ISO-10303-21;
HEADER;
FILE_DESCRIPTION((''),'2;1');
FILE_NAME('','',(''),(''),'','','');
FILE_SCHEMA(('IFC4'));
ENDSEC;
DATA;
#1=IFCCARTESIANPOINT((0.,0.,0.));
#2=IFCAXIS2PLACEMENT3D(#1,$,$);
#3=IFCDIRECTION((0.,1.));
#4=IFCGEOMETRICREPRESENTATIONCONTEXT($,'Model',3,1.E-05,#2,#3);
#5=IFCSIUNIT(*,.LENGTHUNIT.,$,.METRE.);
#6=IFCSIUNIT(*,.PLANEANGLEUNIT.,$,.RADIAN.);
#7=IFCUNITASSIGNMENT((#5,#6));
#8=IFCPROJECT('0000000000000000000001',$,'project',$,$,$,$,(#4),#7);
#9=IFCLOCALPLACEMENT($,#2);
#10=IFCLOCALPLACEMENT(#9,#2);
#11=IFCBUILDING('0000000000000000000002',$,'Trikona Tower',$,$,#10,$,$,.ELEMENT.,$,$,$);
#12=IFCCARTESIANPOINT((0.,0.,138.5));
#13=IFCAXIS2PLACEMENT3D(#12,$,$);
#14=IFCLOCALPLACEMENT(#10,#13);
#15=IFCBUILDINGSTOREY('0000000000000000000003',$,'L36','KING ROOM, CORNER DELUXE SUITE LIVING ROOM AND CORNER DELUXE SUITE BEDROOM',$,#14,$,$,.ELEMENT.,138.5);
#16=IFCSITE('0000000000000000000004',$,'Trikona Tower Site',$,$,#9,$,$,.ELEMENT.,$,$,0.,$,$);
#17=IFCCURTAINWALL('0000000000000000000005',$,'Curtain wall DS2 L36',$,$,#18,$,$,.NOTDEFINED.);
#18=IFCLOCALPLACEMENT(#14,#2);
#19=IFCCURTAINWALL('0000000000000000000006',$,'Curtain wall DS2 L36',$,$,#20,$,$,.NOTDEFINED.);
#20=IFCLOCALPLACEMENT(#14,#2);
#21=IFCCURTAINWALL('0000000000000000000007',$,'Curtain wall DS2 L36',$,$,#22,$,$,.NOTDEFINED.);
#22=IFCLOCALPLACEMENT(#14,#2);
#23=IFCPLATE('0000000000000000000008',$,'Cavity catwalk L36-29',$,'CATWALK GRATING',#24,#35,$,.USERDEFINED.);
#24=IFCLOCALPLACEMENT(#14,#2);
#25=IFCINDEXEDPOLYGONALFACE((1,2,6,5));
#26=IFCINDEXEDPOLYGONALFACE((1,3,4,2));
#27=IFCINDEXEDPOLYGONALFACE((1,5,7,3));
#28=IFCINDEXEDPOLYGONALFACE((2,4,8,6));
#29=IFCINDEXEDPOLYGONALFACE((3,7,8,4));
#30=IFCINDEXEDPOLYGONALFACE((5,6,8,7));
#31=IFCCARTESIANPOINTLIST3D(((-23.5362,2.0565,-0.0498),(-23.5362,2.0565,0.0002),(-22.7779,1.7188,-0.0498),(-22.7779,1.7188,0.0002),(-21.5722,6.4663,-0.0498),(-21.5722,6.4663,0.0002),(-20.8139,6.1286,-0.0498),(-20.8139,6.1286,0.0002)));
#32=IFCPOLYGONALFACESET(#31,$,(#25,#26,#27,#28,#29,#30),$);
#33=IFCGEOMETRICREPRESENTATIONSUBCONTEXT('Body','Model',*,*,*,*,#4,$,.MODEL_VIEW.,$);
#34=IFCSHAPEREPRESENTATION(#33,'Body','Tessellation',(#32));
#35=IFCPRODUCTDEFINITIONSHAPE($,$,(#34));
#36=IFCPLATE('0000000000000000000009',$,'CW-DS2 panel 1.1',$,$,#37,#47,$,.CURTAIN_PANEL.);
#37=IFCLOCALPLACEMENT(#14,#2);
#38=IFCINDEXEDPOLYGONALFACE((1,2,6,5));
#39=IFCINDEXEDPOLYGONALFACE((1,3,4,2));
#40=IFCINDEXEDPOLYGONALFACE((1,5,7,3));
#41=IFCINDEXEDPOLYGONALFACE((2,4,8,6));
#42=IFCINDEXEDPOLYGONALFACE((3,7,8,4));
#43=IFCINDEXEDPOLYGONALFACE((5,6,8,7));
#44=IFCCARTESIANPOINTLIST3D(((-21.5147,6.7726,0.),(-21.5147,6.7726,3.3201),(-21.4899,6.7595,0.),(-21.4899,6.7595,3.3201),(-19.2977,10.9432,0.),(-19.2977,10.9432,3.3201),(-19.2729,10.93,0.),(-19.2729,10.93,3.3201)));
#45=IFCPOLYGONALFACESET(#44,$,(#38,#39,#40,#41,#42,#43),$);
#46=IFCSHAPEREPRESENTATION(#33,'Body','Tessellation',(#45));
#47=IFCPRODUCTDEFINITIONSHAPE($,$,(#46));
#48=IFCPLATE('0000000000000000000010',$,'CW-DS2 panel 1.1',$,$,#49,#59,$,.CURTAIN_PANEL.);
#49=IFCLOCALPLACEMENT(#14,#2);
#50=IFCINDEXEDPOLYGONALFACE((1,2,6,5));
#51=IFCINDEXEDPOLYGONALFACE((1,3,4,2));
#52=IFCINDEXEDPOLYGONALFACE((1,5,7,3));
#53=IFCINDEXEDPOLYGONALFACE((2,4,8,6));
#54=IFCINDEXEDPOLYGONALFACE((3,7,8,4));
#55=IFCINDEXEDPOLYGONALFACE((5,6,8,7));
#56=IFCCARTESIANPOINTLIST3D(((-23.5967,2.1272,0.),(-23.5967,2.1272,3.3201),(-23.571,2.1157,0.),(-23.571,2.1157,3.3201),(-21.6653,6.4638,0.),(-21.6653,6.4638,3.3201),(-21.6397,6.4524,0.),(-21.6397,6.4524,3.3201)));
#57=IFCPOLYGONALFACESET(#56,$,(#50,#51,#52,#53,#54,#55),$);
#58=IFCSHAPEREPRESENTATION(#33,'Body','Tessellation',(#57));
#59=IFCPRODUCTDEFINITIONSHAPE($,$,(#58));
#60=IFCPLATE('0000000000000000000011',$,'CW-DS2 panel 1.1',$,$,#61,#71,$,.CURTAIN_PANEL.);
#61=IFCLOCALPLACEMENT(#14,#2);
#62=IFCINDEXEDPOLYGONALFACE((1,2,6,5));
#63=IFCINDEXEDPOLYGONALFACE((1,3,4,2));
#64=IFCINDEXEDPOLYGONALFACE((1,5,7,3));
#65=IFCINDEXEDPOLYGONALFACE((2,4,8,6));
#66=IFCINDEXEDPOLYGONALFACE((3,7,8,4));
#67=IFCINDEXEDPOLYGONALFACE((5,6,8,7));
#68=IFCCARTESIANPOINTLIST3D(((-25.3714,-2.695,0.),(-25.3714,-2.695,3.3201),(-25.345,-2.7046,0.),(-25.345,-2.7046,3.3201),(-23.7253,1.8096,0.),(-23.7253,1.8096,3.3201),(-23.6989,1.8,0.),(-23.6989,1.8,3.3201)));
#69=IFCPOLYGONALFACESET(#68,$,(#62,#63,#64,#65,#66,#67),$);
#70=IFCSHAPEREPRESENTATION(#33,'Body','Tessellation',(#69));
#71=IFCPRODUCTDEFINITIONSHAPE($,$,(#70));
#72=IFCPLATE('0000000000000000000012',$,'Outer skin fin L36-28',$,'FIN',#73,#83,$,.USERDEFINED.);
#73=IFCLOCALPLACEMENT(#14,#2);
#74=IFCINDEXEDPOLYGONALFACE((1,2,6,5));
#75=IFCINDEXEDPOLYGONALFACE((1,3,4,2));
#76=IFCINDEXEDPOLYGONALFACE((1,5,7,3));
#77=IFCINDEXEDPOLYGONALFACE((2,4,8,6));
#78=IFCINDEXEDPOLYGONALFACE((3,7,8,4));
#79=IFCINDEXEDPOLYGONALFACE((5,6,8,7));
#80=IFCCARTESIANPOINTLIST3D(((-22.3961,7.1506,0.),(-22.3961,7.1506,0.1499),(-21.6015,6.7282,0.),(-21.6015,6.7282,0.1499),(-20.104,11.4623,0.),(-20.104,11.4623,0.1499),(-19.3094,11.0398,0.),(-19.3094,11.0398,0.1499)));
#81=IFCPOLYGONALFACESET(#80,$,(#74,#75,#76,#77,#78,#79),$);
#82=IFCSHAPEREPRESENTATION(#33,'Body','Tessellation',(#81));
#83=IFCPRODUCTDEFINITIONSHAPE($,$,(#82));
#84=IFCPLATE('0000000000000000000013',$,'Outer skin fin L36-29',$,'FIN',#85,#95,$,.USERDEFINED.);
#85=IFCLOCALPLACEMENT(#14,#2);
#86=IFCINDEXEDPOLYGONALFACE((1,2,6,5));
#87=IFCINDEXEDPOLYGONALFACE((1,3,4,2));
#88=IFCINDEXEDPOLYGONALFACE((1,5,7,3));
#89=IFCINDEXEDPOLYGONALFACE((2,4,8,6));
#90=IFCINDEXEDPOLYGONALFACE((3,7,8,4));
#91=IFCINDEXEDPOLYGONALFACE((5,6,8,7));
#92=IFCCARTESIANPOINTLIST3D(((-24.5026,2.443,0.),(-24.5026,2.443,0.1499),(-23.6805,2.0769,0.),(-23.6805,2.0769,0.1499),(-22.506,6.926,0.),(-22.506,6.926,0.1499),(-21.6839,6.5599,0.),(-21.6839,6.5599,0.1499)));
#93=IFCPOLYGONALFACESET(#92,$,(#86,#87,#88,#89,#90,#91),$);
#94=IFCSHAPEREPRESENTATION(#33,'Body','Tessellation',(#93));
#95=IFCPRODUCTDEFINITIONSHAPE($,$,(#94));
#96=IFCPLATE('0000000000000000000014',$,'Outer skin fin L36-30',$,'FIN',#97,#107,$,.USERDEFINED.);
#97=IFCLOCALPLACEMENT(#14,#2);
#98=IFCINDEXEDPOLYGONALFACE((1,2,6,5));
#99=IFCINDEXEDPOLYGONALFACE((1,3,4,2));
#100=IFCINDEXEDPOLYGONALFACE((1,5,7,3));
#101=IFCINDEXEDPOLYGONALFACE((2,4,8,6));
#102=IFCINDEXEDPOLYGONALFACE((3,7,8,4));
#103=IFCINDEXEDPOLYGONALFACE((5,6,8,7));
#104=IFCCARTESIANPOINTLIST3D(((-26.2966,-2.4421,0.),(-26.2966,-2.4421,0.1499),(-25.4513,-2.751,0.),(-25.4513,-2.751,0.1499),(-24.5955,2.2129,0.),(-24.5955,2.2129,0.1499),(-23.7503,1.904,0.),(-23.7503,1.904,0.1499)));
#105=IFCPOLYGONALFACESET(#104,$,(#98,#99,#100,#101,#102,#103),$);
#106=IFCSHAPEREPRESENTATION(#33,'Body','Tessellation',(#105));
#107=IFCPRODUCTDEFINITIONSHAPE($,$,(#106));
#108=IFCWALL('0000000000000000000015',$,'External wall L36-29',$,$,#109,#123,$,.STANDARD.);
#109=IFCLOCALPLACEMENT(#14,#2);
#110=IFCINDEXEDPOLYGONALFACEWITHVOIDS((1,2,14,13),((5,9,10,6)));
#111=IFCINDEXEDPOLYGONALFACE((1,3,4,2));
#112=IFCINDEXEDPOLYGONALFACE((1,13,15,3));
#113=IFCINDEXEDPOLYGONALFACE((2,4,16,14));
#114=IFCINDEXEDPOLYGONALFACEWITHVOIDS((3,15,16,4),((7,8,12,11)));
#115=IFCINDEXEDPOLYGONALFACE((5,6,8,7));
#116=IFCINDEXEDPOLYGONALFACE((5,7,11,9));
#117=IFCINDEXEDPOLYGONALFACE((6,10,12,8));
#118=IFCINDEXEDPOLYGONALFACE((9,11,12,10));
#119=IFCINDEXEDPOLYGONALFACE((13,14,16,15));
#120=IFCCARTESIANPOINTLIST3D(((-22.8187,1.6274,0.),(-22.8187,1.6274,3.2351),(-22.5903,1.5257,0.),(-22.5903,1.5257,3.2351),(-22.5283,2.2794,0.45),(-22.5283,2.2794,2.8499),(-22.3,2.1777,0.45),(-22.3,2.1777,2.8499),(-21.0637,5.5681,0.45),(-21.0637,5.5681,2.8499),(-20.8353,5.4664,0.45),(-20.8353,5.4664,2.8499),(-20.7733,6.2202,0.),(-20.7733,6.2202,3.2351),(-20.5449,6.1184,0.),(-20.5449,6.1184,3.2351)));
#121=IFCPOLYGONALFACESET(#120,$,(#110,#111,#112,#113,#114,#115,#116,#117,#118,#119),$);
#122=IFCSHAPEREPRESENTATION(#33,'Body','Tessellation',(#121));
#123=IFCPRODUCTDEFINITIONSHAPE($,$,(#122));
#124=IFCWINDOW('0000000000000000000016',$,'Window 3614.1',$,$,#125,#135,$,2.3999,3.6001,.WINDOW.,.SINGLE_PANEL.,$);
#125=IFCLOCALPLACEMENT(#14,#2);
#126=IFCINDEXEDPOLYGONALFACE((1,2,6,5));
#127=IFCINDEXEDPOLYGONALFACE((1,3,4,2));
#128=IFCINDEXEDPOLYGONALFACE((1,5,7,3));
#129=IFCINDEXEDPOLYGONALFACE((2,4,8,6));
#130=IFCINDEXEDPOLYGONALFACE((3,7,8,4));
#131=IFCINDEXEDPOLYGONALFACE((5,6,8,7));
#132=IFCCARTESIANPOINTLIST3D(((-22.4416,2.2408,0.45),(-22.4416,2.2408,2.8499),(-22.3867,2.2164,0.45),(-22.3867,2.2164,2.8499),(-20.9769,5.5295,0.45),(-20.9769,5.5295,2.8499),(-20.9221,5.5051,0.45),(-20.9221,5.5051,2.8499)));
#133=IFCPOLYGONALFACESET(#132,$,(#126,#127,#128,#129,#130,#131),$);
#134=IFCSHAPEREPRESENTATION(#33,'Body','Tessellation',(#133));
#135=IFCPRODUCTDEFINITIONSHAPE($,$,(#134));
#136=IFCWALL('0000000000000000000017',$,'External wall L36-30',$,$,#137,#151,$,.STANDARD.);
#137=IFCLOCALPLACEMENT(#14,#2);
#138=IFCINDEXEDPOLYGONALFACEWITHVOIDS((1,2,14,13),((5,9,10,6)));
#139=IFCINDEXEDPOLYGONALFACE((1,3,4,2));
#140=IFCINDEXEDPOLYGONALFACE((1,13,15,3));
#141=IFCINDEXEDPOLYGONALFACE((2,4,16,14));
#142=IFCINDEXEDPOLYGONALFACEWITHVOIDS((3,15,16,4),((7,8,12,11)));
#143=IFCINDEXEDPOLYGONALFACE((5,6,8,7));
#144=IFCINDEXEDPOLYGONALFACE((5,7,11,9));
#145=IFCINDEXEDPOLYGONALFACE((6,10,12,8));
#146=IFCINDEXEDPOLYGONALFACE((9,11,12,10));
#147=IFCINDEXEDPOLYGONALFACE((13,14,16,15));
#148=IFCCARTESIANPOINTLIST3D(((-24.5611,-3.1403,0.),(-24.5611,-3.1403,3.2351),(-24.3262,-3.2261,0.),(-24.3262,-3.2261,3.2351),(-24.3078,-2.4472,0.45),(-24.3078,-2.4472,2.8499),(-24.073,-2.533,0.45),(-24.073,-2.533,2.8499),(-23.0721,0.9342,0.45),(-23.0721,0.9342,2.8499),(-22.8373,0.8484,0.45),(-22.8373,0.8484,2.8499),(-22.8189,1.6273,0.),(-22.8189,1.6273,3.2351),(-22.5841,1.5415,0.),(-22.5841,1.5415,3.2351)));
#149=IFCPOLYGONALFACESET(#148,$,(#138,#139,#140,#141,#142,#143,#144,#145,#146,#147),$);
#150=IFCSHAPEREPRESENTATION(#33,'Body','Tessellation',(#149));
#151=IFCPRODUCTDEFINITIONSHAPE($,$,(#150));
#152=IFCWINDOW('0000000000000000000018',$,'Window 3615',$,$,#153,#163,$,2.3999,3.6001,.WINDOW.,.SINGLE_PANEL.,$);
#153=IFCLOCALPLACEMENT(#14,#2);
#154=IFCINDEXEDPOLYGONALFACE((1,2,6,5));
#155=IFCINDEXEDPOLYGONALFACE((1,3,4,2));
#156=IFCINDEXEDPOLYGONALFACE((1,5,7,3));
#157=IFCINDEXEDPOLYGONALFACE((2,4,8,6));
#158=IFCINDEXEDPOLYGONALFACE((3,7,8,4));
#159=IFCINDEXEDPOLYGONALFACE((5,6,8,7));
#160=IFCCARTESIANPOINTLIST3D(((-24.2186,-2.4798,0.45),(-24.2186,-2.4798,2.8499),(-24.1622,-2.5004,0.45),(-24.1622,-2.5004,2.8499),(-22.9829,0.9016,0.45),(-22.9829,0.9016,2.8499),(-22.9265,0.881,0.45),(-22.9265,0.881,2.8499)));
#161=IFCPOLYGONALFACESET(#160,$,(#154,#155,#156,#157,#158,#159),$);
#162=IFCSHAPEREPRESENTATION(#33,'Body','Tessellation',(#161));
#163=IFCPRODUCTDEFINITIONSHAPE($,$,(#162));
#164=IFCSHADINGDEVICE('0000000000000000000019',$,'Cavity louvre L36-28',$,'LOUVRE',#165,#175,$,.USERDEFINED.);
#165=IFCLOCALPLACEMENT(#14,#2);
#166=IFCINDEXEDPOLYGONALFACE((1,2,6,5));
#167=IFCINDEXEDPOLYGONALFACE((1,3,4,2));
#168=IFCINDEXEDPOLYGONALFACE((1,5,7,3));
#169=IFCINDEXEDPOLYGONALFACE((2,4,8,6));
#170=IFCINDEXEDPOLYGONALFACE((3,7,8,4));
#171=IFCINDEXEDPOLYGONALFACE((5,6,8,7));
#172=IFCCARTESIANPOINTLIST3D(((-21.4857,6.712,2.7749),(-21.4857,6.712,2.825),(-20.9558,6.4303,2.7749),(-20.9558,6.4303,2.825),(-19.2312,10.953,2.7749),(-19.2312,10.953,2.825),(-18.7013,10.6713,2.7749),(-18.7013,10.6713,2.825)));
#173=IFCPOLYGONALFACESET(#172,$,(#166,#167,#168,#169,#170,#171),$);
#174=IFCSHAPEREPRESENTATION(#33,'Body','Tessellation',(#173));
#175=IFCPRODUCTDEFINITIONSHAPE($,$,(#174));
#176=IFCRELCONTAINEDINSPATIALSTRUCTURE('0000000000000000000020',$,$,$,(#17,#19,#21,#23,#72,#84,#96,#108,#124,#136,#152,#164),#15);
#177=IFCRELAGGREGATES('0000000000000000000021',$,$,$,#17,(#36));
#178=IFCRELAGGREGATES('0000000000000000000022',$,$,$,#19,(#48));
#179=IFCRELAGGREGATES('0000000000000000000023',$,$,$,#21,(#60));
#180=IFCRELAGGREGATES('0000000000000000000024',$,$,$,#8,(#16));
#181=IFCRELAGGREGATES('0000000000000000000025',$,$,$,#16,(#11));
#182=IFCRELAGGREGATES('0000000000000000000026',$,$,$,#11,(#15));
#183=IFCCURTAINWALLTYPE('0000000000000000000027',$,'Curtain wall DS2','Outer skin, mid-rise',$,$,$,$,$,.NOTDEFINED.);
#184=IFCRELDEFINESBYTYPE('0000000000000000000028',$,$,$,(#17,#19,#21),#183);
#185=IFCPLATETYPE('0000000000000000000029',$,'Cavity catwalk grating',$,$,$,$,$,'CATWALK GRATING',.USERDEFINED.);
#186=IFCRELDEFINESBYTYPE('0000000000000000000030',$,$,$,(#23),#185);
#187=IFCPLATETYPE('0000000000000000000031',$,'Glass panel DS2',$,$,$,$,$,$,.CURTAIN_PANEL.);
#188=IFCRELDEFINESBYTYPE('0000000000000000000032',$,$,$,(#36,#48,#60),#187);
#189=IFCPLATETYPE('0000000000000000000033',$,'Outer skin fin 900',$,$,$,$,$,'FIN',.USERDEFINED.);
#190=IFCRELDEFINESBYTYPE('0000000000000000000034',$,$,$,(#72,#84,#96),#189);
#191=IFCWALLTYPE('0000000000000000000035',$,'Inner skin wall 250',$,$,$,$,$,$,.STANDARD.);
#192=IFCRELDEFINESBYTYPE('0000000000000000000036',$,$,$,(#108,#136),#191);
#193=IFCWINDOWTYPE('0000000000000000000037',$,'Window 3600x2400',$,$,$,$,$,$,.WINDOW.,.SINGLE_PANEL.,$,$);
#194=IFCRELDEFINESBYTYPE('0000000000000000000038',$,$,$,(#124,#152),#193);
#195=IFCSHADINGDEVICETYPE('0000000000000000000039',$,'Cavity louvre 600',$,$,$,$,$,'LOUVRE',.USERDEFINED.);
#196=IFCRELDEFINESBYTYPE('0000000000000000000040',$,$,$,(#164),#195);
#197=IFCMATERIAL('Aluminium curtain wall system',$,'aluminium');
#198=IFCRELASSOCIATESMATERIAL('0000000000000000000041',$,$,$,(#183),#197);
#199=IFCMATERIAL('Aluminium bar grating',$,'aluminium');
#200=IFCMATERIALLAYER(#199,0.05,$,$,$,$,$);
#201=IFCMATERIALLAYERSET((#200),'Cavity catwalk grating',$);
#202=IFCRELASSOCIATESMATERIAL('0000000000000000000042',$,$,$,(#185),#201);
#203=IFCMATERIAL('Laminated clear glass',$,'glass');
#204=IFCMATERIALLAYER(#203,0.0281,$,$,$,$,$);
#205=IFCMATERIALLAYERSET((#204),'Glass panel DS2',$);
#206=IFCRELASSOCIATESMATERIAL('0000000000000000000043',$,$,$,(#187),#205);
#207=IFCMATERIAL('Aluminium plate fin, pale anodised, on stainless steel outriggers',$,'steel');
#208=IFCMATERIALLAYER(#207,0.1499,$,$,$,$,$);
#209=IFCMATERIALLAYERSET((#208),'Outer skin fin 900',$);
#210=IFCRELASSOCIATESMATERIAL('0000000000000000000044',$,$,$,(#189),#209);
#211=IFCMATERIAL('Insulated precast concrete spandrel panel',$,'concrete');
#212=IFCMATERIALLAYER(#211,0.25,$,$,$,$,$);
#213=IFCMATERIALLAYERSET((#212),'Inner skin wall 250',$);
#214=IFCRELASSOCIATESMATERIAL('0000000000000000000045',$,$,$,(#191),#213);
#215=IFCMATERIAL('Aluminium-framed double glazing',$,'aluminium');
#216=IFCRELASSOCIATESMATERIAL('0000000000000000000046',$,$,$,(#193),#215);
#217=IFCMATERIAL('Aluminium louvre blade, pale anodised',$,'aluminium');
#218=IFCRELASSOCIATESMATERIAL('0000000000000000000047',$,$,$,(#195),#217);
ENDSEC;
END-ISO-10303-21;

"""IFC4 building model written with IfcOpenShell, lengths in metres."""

from ifc_helpers import new_model, si_unit, direction, frame, frame_2d, origin, origin_2d, place, context, subcontext, project, spatial, rectangle, extrude, material, layer, layer_set, type_object, element, fill, aggregate, save


model = new_model("IFC4")

# Units and contexts
model_context = context("Model", 3, precision=1e-05, world=origin(), true_north=direction((0.0, 1.0)))
body_context = subcontext(model_context, "Body", "Model", "MODEL_VIEW")
ifc_project = project(units=[si_unit("LENGTHUNIT", "METRE"), si_unit("PLANEANGLEUNIT", "RADIAN")], contexts=[model_context])

# Site, building, storey
site_placement = place(None, origin())
site = spatial("IfcSite", under=ifc_project, at=site_placement, Name="Trikona Tower Site", CompositionType="ELEMENT", RefElevation=0.0)
building_placement = place(site_placement, origin())
building = spatial("IfcBuilding", under=site, at=building_placement, Name="Trikona Tower", CompositionType="ELEMENT")
storey_placement = place(building_placement, frame((0.0, 0.0, 138.5)))
storey = spatial("IfcBuildingStorey", under=building, at=storey_placement, Name="L36", Description="KING ROOM, CORNER DELUXE SUITE LIVING ROOM AND CORNER DELUXE SUITE BEDROOM", CompositionType="ELEMENT", Elevation=138.5)

# Shared definitions
ifc_material_1 = material(Name="Aluminium curtain wall system", Category="aluminium")
curtain_wall_type = type_object("IfcCurtainWallType", Name="Curtain wall DS2", Description="Outer skin, mid-rise", PredefinedType="NOTDEFINED", material=ifc_material_1)

# Curtain walls
curtain_wall_1_placement = place(storey_placement, origin())
curtain_wall_1 = element("IfcCurtainWall", 1, at=curtain_wall_1_placement, inside=storey, type_object=curtain_wall_type, Name="Curtain wall DS2 L36", PredefinedType="NOTDEFINED")
curtain_wall_2_placement = place(storey_placement, origin())
curtain_wall_2 = element("IfcCurtainWall", 2, at=curtain_wall_2_placement, inside=storey, type_object=curtain_wall_type, Name="Curtain wall DS2 L36", PredefinedType="NOTDEFINED")

# Curtain wall
curtain_wall_3_placement = place(storey_placement, origin())
curtain_wall_3 = element("IfcCurtainWall", 3, at=curtain_wall_3_placement, inside=storey, type_object=curtain_wall_type, Name="Curtain wall DS2 L36", PredefinedType="NOTDEFINED")

# Plate
ifc_material_2 = material(Name="Aluminium bar grating", Category="aluminium")
ifc_layer_1 = layer(ifc_material_2, 0.05)
ifc_layer_set_1 = layer_set([ifc_layer_1], Name="Cavity catwalk grating")
plate_type_1 = type_object("IfcPlateType", Name="Cavity catwalk grating", ElementType="CATWALK GRATING", PredefinedType="USERDEFINED", material=ifc_layer_set_1)
plate_1_placement = place(storey_placement, frame((-22.175, 4.0925, -0.0498), z_axis=(0.0, 0.0, 1.0), x_axis=(-0.406843, -0.913498, 0.0)))
element("IfcPlate", 4, at=plate_1_placement, inside=storey, type_object=plate_type_1, Name="Cavity catwalk L36-29", ObjectType="CATWALK GRATING", PredefinedType="USERDEFINED", context=body_context, shape_type="SweptSolid", body=[
    extrude(rectangle(XDim=4.8274, YDim=0.8301, at=origin_2d()), origin(), (0.0, 0.0, 1.0), 0.05),
])

# Plates
ifc_material_3 = material(Name="Laminated clear glass", Category="glass")
ifc_layer_2 = layer(ifc_material_3, 0.0281)
ifc_layer_set_2 = layer_set([ifc_layer_2], Name="Glass panel DS2")
plate_type_2 = type_object("IfcPlateType", Name="Glass panel DS2", PredefinedType="CURTAIN_PANEL", material=ifc_layer_set_2)
plate_2_placement = place(storey_placement, frame((-20.3938, 8.8513, 0.0), z_axis=(0.0, 0.0, 1.0), x_axis=(-0.46938, -0.882996, 0.0)))
plate_2 = element("IfcPlate", 5, at=plate_2_placement, type_object=plate_type_2, Name="CW-DS2 panel 1.1", PredefinedType="CURTAIN_PANEL", context=body_context, shape_type="SweptSolid", body=[
    extrude(rectangle(XDim=4.7231, YDim=0.0281, at=origin_2d()), origin(), (0.0, 0.0, 1.0), 3.3201),
])
aggregate(curtain_wall_1, [plate_2])
plate_3_placement = place(storey_placement, frame((-22.6182, 4.2898, 0.0), z_axis=(0.0, 0.0, 1.0), x_axis=(-0.406836, -0.913501, 0.0)))
plate_3 = element("IfcPlate", 6, at=plate_3_placement, type_object=plate_type_2, Name="CW-DS2 panel 1.1", PredefinedType="CURTAIN_PANEL", context=body_context, shape_type="SweptSolid", body=[
    extrude(rectangle(XDim=4.7473, YDim=0.0281, at=origin_2d()), origin(), (0.0, 0.0, 1.0), 3.3201),
])
aggregate(curtain_wall_2, [plate_3])
plate_4_placement = place(storey_placement, frame((-24.5352, -0.4475, 0.0), z_axis=(0.0, 0.0, 1.0), x_axis=(-0.343223, -0.939254, 0.0)))
plate_4 = element("IfcPlate", 7, at=plate_4_placement, type_object=plate_type_2, Name="CW-DS2 panel 1.1", PredefinedType="CURTAIN_PANEL", context=body_context, shape_type="SweptSolid", body=[
    extrude(rectangle(XDim=4.7959, YDim=0.0281, at=origin_2d()), origin(), (0.0, 0.0, 1.0), 3.3201),
])
aggregate(curtain_wall_3, [plate_4])

# Plates
ifc_material_4 = material(Name="Aluminium plate fin, pale anodised, on stainless steel outriggers", Category="steel")
ifc_layer_3 = layer(ifc_material_4, 0.1499)
ifc_layer_set_3 = layer_set([ifc_layer_3], Name="Outer skin fin 900")
plate_type_3 = type_object("IfcPlateType", Name="Outer skin fin 900", ElementType="FIN", PredefinedType="USERDEFINED", material=ifc_layer_set_3)
plate_5_placement = place(storey_placement, frame((-20.8528, 9.0952, 0.0), z_axis=(0.0, 0.0, 1.0), x_axis=(-0.469398, -0.882987, 0.0)))
element("IfcPlate", 8, at=plate_5_placement, inside=storey, type_object=plate_type_3, Name="Outer skin fin L36-28", ObjectType="FIN", PredefinedType="USERDEFINED", context=body_context, shape_type="SweptSolid", body=[
    extrude(rectangle(XDim=4.8831, YDim=0.8999, at=origin_2d()), origin(), (0.0, 0.0, 1.0), 0.1499),
])
plate_6_placement = place(storey_placement, frame((-23.0933, 4.5015, 0.0), z_axis=(0.0, 0.0, 1.0), x_axis=(-0.406843, -0.913498, 0.0)))
element("IfcPlate", 9, at=plate_6_placement, inside=storey, type_object=plate_type_3, Name="Outer skin fin L36-29", ObjectType="FIN", PredefinedType="USERDEFINED", context=body_context, shape_type="SweptSolid", body=[
    extrude(rectangle(XDim=4.9075, YDim=0.8999, at=origin_2d()), origin(), (0.0, 0.0, 1.0), 0.1499),
])
plate_7_placement = place(storey_placement, frame((-25.0234, -0.269, 0.0), z_axis=(0.0, 0.0, 1.0), x_axis=(-0.34322, -0.939255, 0.0)))
element("IfcPlate", 10, at=plate_7_placement, inside=storey, type_object=plate_type_3, Name="Outer skin fin L36-30", ObjectType="FIN", PredefinedType="USERDEFINED", context=body_context, shape_type="SweptSolid", body=[
    extrude(rectangle(XDim=4.9561, YDim=0.8999, at=origin_2d()), origin(), (0.0, 0.0, 1.0), 0.1499),
])

# Walls, openings, windows
ifc_material_5 = material(Name="Insulated precast concrete spandrel panel", Category="concrete")
ifc_layer_4 = layer(ifc_material_5, 0.25)
ifc_layer_set_4 = layer_set([ifc_layer_4], Name="Inner skin wall 250")
wall_type = type_object("IfcWallType", Name="Inner skin wall 250", PredefinedType="STANDARD", material=ifc_layer_set_4)
wall_1_placement = place(storey_placement, frame((-20.6592, 6.1692, 0.0), z_axis=(0.0, 0.0, 1.0), x_axis=(-0.406832, -0.913503, 0.0)))
wall_1 = element("IfcWall", 11, at=wall_1_placement, inside=storey, type_object=wall_type, Name="External wall L36-29", PredefinedType="STANDARD", context=body_context, shape_type="SweptSolid", body=[
    extrude(rectangle(XDim=5.0276, YDim=0.25, at=frame_2d((2.5137, 0.0))), origin(), (0.0, 0.0, 1.0), 3.2351),
])
opening_1_placement = place(wall_1_placement, frame((0.7136, 0.0, 0.45)))
opening_1 = element("IfcOpeningElement", 12, at=opening_1_placement, cuts=wall_1, PredefinedType="OPENING", context=body_context, shape_type="SweptSolid", body=[
    extrude(rectangle(XDim=3.6001, YDim=2.3999, at=frame_2d((1.8, 1.2))), frame((0.0, 0.135, 0.0), z_axis=(0.0, -1.0, 0.0), x_axis=(1.0, 0.0, 0.0)), (0.0, 0.0, 1.0), 0.27),
])
ifc_material_6 = material(Name="Aluminium-framed double glazing", Category="aluminium")
window_type = type_object("IfcWindowType", Name="Window 3600x2400", PartitioningType="SINGLE_PANEL", PredefinedType="WINDOW", material=ifc_material_6)
window_1_placement = place(opening_1_placement, origin())
window_1 = element("IfcWindow", 13, at=window_1_placement, inside=storey, type_object=window_type, Name="Window 3614.1", OverallHeight=2.3999, OverallWidth=3.6001, PartitioningType="SINGLE_PANEL", PredefinedType="WINDOW", context=body_context, shape_type="SweptSolid", body=[
    extrude(rectangle(XDim=3.6001, YDim=2.3999, at=frame_2d((1.8, 1.2))), frame((0.0, 0.03, 0.0), z_axis=(0.0, -1.0, 0.0), x_axis=(1.0, 0.0, 0.0)), (0.0, 0.0, 1.0), 0.0601),
])
fill(opening_1, window_1)
wall_2_placement = place(storey_placement, frame((-22.7014, 1.5845, 0.0), z_axis=(0.0, 0.0, 1.0), x_axis=(-0.343226, -0.939253, 0.0)))
wall_2 = element("IfcWall", 14, at=wall_2_placement, inside=storey, type_object=wall_type, Name="External wall L36-30", PredefinedType="STANDARD", context=body_context, shape_type="SweptSolid", body=[
    extrude(rectangle(XDim=5.0759, YDim=0.25, at=frame_2d((2.5381, 0.0))), origin(), (0.0, 0.0, 1.0), 3.2351),
])
opening_2_placement = place(wall_2_placement, frame((0.738, 0.0, 0.45)))
opening_2 = element("IfcOpeningElement", 15, at=opening_2_placement, cuts=wall_2, PredefinedType="OPENING", context=body_context, shape_type="SweptSolid", body=[
    extrude(rectangle(XDim=3.6001, YDim=2.3999, at=frame_2d((1.8, 1.2))), frame((0.0, 0.135, 0.0), z_axis=(0.0, -1.0, 0.0), x_axis=(1.0, 0.0, 0.0)), (0.0, 0.0, 1.0), 0.27),
])
window_2_placement = place(opening_2_placement, origin())
window_2 = element("IfcWindow", 16, at=window_2_placement, inside=storey, type_object=window_type, Name="Window 3615", OverallHeight=2.3999, OverallWidth=3.6001, PartitioningType="SINGLE_PANEL", PredefinedType="WINDOW", context=body_context, shape_type="SweptSolid", body=[
    extrude(rectangle(XDim=3.6001, YDim=2.3999, at=frame_2d((1.8, 1.2))), frame((0.0, 0.03, 0.0), z_axis=(0.0, -1.0, 0.0), x_axis=(1.0, 0.0, 0.0)), (0.0, 0.0, 1.0), 0.0601),
])
fill(opening_2, window_2)

# Shading device
ifc_material_7 = material(Name="Aluminium louvre blade, pale anodised", Category="aluminium")
shading_device_type = type_object("IfcShadingDeviceType", Name="Cavity louvre 600", ElementType="LOUVRE", PredefinedType="USERDEFINED", material=ifc_material_7)
shading_device_1_placement = place(storey_placement, frame((-20.0935, 8.6917, 2.7749), z_axis=(0.0, 0.0, 1.0), x_axis=(-0.469398, -0.882987, 0.0)))
element("IfcShadingDevice", 17, at=shading_device_1_placement, inside=storey, type_object=shading_device_type, Name="Cavity louvre L36-28", ObjectType="LOUVRE", PredefinedType="USERDEFINED", context=body_context, shape_type="SweptSolid", body=[
    extrude(rectangle(XDim=4.803, YDim=0.6001, at=origin_2d()), origin(), (0.0, 0.0, 1.0), 0.05),
])

save(model, "model.ifc")
